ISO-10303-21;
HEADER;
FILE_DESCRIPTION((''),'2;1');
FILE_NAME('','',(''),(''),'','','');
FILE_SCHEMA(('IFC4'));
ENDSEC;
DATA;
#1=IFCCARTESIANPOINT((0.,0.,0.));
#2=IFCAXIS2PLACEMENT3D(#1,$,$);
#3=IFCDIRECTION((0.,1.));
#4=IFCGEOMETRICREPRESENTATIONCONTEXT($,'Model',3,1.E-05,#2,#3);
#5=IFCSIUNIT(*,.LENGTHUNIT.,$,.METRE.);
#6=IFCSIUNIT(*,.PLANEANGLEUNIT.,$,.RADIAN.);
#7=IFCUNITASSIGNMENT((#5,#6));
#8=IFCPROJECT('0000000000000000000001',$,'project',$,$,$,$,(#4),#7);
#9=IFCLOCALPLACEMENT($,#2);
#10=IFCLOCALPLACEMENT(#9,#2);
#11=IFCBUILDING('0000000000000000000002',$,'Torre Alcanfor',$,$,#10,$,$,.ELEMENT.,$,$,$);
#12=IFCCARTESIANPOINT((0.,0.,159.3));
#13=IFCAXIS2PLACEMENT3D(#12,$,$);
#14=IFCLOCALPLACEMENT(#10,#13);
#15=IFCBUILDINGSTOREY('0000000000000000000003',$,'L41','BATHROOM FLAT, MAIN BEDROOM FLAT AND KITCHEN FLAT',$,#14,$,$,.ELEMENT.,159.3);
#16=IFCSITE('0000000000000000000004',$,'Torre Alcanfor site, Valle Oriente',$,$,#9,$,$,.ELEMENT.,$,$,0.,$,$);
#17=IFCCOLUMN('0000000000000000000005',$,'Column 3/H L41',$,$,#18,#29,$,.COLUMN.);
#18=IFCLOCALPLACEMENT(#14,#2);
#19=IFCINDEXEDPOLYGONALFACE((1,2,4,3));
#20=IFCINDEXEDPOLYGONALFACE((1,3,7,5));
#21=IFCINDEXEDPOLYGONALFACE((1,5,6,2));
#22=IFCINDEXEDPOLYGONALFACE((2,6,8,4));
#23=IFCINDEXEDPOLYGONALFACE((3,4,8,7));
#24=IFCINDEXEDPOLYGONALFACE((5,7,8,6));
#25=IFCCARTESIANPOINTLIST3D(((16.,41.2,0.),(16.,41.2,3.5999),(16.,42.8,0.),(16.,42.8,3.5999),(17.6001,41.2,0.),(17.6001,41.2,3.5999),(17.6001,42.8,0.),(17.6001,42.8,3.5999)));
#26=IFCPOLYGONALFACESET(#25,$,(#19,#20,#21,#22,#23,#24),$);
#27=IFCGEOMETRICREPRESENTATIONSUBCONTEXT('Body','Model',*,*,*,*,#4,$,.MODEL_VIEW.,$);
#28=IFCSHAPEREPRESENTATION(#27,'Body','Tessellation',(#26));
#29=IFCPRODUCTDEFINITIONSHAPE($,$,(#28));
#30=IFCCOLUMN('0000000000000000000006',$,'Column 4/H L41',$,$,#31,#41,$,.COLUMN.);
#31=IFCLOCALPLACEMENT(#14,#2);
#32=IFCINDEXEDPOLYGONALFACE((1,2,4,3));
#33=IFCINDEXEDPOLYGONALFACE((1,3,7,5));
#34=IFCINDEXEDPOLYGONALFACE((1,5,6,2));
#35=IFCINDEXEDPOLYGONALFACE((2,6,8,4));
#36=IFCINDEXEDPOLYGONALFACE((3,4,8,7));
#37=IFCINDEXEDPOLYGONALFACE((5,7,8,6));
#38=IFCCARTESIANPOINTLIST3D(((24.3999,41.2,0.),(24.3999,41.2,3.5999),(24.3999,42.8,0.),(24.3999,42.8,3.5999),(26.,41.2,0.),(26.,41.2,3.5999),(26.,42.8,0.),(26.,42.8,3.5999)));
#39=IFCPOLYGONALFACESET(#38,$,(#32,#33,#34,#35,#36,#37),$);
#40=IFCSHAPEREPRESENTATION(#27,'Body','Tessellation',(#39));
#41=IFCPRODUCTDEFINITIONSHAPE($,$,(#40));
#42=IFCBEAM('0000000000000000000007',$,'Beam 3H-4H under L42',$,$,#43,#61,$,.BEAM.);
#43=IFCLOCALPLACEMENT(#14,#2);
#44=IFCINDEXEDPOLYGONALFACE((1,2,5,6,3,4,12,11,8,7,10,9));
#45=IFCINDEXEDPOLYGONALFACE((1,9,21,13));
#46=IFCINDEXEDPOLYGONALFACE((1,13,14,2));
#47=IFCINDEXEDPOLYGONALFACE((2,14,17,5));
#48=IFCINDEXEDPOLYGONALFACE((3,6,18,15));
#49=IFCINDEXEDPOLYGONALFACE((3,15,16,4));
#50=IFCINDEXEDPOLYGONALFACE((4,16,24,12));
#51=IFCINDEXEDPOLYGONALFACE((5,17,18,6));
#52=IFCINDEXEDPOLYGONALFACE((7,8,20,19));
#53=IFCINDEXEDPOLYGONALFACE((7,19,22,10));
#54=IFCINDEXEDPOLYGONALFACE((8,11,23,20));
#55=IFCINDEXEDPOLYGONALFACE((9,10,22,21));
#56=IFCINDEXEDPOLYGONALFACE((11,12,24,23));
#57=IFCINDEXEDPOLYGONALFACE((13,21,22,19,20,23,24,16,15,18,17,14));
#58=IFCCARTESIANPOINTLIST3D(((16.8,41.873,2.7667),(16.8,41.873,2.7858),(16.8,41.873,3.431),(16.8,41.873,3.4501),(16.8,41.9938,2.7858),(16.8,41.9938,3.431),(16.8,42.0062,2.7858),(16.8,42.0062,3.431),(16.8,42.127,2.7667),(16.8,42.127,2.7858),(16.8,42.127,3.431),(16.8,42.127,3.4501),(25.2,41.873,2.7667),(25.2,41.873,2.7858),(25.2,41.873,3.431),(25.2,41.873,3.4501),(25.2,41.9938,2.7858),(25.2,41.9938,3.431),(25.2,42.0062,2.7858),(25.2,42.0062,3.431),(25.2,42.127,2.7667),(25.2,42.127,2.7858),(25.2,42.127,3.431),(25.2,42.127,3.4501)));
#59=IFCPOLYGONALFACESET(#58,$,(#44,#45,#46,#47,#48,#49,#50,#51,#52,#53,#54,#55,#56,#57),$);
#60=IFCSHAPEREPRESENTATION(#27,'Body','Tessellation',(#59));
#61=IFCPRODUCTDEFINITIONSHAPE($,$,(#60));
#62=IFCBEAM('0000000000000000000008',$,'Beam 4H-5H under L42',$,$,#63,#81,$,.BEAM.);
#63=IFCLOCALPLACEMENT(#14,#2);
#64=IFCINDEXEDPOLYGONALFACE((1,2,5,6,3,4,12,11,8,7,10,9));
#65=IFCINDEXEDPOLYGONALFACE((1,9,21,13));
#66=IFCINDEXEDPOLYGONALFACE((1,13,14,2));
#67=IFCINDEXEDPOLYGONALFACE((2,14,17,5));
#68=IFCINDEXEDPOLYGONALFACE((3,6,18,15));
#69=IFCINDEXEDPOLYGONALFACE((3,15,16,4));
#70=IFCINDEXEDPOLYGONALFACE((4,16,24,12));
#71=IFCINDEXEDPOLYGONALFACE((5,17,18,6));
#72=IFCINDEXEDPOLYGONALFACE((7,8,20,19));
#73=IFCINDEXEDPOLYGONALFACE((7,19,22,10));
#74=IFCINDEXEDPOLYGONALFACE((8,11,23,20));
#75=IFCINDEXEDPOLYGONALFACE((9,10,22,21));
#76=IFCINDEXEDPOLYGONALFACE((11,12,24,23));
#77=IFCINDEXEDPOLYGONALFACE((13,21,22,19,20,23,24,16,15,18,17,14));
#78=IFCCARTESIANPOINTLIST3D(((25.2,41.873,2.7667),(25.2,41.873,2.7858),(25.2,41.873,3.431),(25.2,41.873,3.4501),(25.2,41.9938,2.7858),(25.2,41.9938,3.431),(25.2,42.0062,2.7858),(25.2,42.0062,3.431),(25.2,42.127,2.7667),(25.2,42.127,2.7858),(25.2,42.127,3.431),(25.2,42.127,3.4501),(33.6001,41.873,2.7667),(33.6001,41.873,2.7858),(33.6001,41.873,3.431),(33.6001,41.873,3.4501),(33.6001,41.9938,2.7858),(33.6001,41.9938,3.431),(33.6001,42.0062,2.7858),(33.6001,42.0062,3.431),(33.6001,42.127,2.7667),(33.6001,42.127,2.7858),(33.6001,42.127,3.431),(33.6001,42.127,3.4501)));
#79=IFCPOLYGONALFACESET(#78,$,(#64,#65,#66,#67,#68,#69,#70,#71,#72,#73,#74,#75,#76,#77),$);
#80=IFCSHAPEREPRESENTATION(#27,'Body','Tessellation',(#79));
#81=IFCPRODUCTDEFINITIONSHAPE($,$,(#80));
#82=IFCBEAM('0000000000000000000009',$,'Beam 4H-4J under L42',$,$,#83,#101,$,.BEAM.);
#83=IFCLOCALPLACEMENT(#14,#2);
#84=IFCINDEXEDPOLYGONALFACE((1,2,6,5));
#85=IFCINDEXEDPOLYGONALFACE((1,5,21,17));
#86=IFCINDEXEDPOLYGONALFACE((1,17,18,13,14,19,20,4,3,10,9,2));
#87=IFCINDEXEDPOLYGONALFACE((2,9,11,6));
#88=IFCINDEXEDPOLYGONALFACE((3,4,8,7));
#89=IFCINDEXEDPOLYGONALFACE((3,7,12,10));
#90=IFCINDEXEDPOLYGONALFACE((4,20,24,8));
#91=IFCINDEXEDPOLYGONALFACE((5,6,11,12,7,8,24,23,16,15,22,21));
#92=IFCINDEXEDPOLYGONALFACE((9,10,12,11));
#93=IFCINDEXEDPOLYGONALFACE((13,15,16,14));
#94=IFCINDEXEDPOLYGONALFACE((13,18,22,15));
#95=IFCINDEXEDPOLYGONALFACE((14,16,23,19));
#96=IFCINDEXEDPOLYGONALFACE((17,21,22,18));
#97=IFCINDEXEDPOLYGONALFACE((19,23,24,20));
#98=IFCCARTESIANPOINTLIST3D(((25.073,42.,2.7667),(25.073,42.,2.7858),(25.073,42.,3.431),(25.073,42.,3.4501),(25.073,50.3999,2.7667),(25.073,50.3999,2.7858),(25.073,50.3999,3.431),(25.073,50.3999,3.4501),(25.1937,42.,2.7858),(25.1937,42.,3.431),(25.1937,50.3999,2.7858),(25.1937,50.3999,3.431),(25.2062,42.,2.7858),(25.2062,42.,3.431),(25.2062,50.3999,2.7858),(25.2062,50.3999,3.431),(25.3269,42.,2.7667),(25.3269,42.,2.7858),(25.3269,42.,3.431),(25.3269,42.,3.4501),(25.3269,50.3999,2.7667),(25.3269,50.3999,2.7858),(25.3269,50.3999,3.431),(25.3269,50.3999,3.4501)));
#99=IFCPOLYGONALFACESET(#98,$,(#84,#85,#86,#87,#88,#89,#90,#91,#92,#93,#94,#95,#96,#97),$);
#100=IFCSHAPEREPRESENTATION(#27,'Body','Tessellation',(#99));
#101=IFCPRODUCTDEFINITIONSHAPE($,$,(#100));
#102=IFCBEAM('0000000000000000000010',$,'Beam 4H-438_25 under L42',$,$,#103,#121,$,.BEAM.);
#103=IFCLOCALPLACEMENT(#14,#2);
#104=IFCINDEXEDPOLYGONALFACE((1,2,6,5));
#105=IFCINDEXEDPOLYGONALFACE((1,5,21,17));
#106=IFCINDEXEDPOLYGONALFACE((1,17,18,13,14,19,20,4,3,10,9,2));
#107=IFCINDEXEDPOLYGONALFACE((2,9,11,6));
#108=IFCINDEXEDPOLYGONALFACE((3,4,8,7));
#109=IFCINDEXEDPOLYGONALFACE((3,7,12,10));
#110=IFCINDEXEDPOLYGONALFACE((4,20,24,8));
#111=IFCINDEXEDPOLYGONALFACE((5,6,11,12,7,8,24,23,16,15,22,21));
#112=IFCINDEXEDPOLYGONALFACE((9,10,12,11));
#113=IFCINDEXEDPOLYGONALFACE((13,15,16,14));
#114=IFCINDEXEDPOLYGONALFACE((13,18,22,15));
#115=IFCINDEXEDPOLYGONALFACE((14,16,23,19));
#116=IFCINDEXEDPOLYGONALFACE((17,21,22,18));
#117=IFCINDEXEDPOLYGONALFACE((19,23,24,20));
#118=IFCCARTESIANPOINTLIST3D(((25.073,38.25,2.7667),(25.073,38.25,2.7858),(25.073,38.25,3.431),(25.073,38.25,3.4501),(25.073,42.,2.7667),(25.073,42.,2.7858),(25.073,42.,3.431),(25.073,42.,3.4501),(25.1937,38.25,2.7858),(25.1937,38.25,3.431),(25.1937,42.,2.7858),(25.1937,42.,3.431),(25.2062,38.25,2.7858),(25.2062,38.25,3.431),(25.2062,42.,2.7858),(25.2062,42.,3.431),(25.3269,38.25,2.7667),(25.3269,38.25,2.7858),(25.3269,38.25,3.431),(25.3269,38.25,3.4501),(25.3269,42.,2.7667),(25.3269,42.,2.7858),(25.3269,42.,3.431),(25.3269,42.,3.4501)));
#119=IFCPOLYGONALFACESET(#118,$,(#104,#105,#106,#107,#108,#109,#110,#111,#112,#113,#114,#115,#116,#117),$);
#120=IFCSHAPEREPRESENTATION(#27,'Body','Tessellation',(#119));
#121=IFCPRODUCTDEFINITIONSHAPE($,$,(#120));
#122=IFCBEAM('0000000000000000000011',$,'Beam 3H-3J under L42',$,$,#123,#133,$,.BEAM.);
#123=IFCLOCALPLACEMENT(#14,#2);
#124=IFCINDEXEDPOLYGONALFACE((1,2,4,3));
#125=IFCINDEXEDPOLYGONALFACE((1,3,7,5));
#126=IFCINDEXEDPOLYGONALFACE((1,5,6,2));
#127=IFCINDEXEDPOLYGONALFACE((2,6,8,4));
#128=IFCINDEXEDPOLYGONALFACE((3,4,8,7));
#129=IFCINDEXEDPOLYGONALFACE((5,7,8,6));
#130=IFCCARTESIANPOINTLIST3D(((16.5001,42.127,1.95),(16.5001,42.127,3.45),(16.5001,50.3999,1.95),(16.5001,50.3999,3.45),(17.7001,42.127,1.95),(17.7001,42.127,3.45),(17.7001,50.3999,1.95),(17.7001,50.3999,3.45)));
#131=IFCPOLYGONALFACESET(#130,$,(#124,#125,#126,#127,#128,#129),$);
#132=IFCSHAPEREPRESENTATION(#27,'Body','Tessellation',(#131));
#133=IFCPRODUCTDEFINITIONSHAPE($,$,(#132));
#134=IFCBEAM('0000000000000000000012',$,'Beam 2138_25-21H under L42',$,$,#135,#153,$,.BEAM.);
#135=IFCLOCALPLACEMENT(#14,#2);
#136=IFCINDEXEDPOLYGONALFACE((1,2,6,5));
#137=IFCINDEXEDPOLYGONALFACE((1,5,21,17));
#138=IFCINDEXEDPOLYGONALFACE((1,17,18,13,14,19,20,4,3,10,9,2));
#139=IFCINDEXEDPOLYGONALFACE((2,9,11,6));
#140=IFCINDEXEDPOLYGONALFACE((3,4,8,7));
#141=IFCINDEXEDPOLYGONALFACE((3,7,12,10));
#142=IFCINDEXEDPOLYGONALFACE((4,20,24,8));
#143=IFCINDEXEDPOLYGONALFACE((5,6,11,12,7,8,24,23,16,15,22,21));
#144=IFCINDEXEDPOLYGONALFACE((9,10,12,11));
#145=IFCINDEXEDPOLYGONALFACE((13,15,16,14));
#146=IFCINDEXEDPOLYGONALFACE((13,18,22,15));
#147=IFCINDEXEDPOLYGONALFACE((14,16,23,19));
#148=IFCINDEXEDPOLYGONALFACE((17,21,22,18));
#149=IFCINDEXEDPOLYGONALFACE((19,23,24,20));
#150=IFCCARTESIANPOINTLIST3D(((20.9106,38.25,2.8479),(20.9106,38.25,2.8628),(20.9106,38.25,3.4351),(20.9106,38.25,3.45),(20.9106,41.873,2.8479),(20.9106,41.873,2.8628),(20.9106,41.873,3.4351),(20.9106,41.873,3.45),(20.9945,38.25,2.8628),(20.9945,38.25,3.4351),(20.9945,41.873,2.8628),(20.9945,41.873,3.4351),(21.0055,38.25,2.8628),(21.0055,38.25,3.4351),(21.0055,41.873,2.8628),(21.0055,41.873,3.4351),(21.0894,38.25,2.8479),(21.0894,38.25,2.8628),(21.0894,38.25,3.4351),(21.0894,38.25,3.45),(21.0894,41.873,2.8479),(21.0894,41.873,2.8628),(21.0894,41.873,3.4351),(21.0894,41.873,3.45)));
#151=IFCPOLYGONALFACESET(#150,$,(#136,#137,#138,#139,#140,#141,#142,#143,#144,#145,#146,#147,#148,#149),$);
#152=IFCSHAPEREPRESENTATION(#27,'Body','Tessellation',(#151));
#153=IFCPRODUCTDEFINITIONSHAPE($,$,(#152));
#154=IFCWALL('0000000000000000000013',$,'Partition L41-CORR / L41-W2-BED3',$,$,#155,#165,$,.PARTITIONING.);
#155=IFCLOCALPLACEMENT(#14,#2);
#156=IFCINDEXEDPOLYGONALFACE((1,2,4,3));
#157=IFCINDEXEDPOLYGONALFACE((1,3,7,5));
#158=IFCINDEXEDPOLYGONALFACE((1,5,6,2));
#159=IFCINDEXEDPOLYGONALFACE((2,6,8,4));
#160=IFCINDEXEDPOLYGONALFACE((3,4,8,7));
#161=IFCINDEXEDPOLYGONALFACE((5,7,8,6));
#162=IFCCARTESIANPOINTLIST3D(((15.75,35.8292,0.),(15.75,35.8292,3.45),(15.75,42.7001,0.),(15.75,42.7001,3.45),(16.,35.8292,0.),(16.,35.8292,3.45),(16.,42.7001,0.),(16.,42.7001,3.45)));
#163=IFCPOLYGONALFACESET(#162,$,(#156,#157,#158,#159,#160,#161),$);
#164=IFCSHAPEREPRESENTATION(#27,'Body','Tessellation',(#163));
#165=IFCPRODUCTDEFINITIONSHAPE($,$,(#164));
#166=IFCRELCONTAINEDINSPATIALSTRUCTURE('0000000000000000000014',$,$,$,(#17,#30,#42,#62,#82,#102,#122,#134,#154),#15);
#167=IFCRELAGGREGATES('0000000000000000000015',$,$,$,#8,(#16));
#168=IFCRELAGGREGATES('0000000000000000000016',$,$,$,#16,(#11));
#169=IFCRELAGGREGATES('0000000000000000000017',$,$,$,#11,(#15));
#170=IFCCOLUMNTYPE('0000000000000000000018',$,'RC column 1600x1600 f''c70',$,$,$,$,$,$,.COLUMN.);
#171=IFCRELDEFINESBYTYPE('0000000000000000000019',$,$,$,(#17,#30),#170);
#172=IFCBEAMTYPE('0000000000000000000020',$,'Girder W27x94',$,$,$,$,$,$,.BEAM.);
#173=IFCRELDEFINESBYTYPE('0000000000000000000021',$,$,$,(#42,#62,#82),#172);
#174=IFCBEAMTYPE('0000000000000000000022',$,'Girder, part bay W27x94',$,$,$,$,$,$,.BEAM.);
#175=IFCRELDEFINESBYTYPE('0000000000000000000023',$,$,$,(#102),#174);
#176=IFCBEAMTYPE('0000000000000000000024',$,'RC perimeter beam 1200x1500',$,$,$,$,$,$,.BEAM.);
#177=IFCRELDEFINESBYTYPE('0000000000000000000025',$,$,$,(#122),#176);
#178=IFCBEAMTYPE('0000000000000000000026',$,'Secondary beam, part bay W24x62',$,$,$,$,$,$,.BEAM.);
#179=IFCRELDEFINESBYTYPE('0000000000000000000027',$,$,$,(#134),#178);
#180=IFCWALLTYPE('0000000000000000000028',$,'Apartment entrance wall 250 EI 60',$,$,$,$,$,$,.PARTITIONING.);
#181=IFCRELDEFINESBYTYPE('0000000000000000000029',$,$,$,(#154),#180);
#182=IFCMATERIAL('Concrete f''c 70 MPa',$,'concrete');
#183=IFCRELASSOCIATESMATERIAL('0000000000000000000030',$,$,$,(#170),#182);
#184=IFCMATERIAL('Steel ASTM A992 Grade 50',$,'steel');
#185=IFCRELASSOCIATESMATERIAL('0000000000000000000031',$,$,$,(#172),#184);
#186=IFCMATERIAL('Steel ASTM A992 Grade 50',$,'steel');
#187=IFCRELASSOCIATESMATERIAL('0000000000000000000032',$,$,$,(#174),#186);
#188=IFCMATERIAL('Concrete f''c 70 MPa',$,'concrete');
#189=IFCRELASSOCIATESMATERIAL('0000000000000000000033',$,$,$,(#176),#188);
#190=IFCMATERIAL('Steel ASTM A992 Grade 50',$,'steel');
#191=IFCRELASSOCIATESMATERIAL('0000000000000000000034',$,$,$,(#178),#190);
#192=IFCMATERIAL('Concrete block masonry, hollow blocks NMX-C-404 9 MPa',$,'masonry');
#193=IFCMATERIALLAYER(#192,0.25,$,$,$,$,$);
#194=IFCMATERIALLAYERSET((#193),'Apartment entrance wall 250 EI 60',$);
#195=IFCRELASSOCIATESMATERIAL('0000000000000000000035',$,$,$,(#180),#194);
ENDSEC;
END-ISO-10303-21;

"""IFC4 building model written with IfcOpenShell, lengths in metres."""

from ifc_helpers import new_model, si_unit, direction, frame, frame_2d, origin, origin_2d, place, context, subcontext, project, spatial, rectangle, i_section, extrude, material, layer, layer_set, material_profile, profile_set, type_object, element, save


model = new_model("IFC4")

# Units and contexts
model_context = context("Model", 3, precision=1e-05, world=origin(), true_north=direction((0.0, 1.0)))
body_context = subcontext(model_context, "Body", "Model", "MODEL_VIEW")
ifc_project = project(units=[si_unit("LENGTHUNIT", "METRE"), si_unit("PLANEANGLEUNIT", "RADIAN")], contexts=[model_context])

# Site, building, storey
site_placement = place(None, origin())
site = spatial("IfcSite", under=ifc_project, at=site_placement, Name="Torre Alcanfor site, Valle Oriente", CompositionType="ELEMENT", RefElevation=0.0)
building_placement = place(site_placement, origin())
building = spatial("IfcBuilding", under=site, at=building_placement, Name="Torre Alcanfor", CompositionType="ELEMENT")
storey_placement = place(building_placement, frame((0.0, 0.0, 159.3)))
storey = spatial("IfcBuildingStorey", under=building, at=storey_placement, Name="L41", Description="BATHROOM FLAT, MAIN BEDROOM FLAT AND KITCHEN FLAT", CompositionType="ELEMENT", Elevation=159.3)

# Columns
ifc_material_1 = material(Name="Concrete f'c 70 MPa", Category="concrete")
ifc_material_profile_1 = material_profile(ifc_material_1, rectangle(XDim=1.6001, YDim=1.6001, at=origin_2d()), Name="1600x1600")
ifc_profile_set_1 = profile_set([ifc_material_profile_1], Name="Concrete f'c 70 MPa")
column_type = type_object("IfcColumnType", Name="RC column 1600x1600 f'c70", PredefinedType="COLUMN", material=ifc_profile_set_1)
for number, where, z_axis, x_axis, name in (
    (1, (16.8, 42.0, 0.0), (0.0, 0.0, 1.0), (1.0, 0.0, 0.0), "Column 3/H L41"),
    (2, (25.2, 42.0, 0.0), (0.0, 0.0, 1.0), (1.0, 0.0, 0.0), "Column 4/H L41"),
):
    element("IfcColumn", number, at=place(storey_placement, frame(where, z_axis=z_axis, x_axis=x_axis)), inside=storey, type_object=column_type, Name=name, PredefinedType="COLUMN", context=body_context, shape_type="SweptSolid", body=[
        extrude(rectangle(XDim=1.6001, YDim=1.6001, at=origin_2d()), origin(), (0.0, 0.0, 1.0), 3.5999),
    ])

# Beams
ifc_material_2 = material(Name="Steel ASTM A992 Grade 50", Category="steel")
ifc_material_profile_2 = material_profile(ifc_material_2, i_section(OverallWidth=0.2539, OverallDepth=0.6833, WebThickness=0.0125, FlangeThickness=0.019, at=origin_2d()), Name="W27x94")
ifc_profile_set_2 = profile_set([ifc_material_profile_2], Name="Steel ASTM A992 Grade 50")
beam_type_1 = type_object("IfcBeamType", Name="Girder W27x94", PredefinedType="BEAM", material=ifc_profile_set_2)
beam_1_placement = place(storey_placement, frame((16.8, 42.0, 3.1084), z_axis=(1.0, 0.0, 0.0), x_axis=(0.0, 1.0, 0.0)))
element("IfcBeam", 3, at=beam_1_placement, inside=storey, type_object=beam_type_1, Name="Beam 3H-4H under L42", PredefinedType="BEAM", context=body_context, shape_type="SweptSolid", body=[
    extrude(i_section(OverallWidth=0.2539, OverallDepth=0.6833, WebThickness=0.0125, FlangeThickness=0.019, at=origin_2d()), origin(), (0.0, 0.0, 1.0), 8.3999),
])
beam_2_placement = place(storey_placement, frame((25.2, 42.0, 3.1084), z_axis=(1.0, 0.0, 0.0), x_axis=(0.0, 1.0, 0.0)))
element("IfcBeam", 4, at=beam_2_placement, inside=storey, type_object=beam_type_1, Name="Beam 4H-5H under L42", PredefinedType="BEAM", context=body_context, shape_type="SweptSolid", body=[
    extrude(i_section(OverallWidth=0.2539, OverallDepth=0.6833, WebThickness=0.0125, FlangeThickness=0.019, at=origin_2d()), origin(), (0.0, 0.0, 1.0), 8.4001),
])
beam_3_placement = place(storey_placement, frame((25.2, 42.0, 3.1084), z_axis=(0.0, 1.0, 0.0), x_axis=(-1.0, 0.0, 0.0)))
element("IfcBeam", 5, at=beam_3_placement, inside=storey, type_object=beam_type_1, Name="Beam 4H-4J under L42", PredefinedType="BEAM", context=body_context, shape_type="SweptSolid", body=[
    extrude(i_section(OverallWidth=0.2539, OverallDepth=0.6833, WebThickness=0.0125, FlangeThickness=0.019, at=origin_2d()), origin(), (0.0, 0.0, 1.0), 8.3999),
])
ifc_material_3 = material(Name="Steel ASTM A992 Grade 50", Category="steel")
ifc_material_profile_3 = material_profile(ifc_material_3, i_section(OverallWidth=0.2539, OverallDepth=0.6833, WebThickness=0.0125, FlangeThickness=0.019, at=origin_2d()), Name="W27x94")
ifc_profile_set_3 = profile_set([ifc_material_profile_3], Name="Steel ASTM A992 Grade 50")
beam_type_2 = type_object("IfcBeamType", Name="Girder, part bay W27x94", PredefinedType="BEAM", material=ifc_profile_set_3)
beam_4_placement = place(storey_placement, frame((25.2, 42.0, 3.1084), z_axis=(0.0, -1.0, 0.0), x_axis=(1.0, 0.0, 0.0)))
element("IfcBeam", 6, at=beam_4_placement, inside=storey, type_object=beam_type_2, Name="Beam 4H-438_25 under L42", PredefinedType="BEAM", context=body_context, shape_type="SweptSolid", body=[
    extrude(i_section(OverallWidth=0.2539, OverallDepth=0.6833, WebThickness=0.0125, FlangeThickness=0.019, at=origin_2d()), origin(), (0.0, 0.0, 1.0), 3.75),
])
ifc_material_4 = material(Name="Concrete f'c 70 MPa", Category="concrete")
ifc_material_profile_4 = material_profile(ifc_material_4, rectangle(XDim=1.2, YDim=1.5, at=origin_2d()), Name="1200x1500")
ifc_profile_set_4 = profile_set([ifc_material_profile_4], Name="Concrete f'c 70 MPa")
beam_type_3 = type_object("IfcBeamType", Name="RC perimeter beam 1200x1500", PredefinedType="BEAM", material=ifc_profile_set_4)
beam_5_placement = place(storey_placement, frame((17.1001, 42.127, 2.7), z_axis=(0.0, 1.0, 0.0), x_axis=(-1.0, 0.0, 0.0)))
element("IfcBeam", 7, at=beam_5_placement, inside=storey, type_object=beam_type_3, Name="Beam 3H-3J under L42", PredefinedType="BEAM", context=body_context, shape_type="SweptSolid", body=[
    extrude(rectangle(XDim=1.2, YDim=1.5, at=origin_2d()), origin(), (0.0, 0.0, 1.0), 8.2729),
])
ifc_material_5 = material(Name="Steel ASTM A992 Grade 50", Category="steel")
ifc_material_profile_5 = material_profile(ifc_material_5, i_section(OverallWidth=0.1787, OverallDepth=0.6021, WebThickness=0.011, FlangeThickness=0.0149, at=origin_2d()), Name="W24x62")
ifc_profile_set_5 = profile_set([ifc_material_profile_5], Name="Steel ASTM A992 Grade 50")
beam_type_4 = type_object("IfcBeamType", Name="Secondary beam, part bay W24x62", PredefinedType="BEAM", material=ifc_profile_set_5)
beam_6_placement = place(storey_placement, frame((21.0, 38.25, 3.1489), z_axis=(0.0, 1.0, 0.0), x_axis=(-1.0, 0.0, 0.0)))
element("IfcBeam", 8, at=beam_6_placement, inside=storey, type_object=beam_type_4, Name="Beam 2138_25-21H under L42", PredefinedType="BEAM", context=body_context, shape_type="SweptSolid", body=[
    extrude(i_section(OverallWidth=0.1787, OverallDepth=0.6021, WebThickness=0.011, FlangeThickness=0.0149, at=origin_2d()), origin(), (0.0, 0.0, 1.0), 3.623),
])

# Wall
ifc_material_6 = material(Name="Concrete block masonry, hollow blocks NMX-C-404 9 MPa", Category="masonry")
ifc_layer_1 = layer(ifc_material_6, 0.25)
ifc_layer_set_1 = layer_set([ifc_layer_1], Name="Apartment entrance wall 250 EI 60")
wall_type_1 = type_object("IfcWallType", Name="Apartment entrance wall 250 EI 60", PredefinedType="PARTITIONING", material=ifc_layer_set_1)
wall_1_placement = place(storey_placement, frame((15.875, 35.8291, 0.0), z_axis=(0.0, 0.0, 1.0), x_axis=(0.0, 1.0, 0.0)))
element("IfcWall", 9, at=wall_1_placement, inside=storey, type_object=wall_type_1, Name="Partition L41-CORR / L41-W2-BED3", PredefinedType="PARTITIONING", context=body_context, shape_type="SweptSolid", body=[
    extrude(rectangle(XDim=6.8708, YDim=0.25, at=frame_2d((3.4355, 0.0))), origin(), (0.0, 0.0, 1.0), 3.45),
])

save(model, "model.ifc")
